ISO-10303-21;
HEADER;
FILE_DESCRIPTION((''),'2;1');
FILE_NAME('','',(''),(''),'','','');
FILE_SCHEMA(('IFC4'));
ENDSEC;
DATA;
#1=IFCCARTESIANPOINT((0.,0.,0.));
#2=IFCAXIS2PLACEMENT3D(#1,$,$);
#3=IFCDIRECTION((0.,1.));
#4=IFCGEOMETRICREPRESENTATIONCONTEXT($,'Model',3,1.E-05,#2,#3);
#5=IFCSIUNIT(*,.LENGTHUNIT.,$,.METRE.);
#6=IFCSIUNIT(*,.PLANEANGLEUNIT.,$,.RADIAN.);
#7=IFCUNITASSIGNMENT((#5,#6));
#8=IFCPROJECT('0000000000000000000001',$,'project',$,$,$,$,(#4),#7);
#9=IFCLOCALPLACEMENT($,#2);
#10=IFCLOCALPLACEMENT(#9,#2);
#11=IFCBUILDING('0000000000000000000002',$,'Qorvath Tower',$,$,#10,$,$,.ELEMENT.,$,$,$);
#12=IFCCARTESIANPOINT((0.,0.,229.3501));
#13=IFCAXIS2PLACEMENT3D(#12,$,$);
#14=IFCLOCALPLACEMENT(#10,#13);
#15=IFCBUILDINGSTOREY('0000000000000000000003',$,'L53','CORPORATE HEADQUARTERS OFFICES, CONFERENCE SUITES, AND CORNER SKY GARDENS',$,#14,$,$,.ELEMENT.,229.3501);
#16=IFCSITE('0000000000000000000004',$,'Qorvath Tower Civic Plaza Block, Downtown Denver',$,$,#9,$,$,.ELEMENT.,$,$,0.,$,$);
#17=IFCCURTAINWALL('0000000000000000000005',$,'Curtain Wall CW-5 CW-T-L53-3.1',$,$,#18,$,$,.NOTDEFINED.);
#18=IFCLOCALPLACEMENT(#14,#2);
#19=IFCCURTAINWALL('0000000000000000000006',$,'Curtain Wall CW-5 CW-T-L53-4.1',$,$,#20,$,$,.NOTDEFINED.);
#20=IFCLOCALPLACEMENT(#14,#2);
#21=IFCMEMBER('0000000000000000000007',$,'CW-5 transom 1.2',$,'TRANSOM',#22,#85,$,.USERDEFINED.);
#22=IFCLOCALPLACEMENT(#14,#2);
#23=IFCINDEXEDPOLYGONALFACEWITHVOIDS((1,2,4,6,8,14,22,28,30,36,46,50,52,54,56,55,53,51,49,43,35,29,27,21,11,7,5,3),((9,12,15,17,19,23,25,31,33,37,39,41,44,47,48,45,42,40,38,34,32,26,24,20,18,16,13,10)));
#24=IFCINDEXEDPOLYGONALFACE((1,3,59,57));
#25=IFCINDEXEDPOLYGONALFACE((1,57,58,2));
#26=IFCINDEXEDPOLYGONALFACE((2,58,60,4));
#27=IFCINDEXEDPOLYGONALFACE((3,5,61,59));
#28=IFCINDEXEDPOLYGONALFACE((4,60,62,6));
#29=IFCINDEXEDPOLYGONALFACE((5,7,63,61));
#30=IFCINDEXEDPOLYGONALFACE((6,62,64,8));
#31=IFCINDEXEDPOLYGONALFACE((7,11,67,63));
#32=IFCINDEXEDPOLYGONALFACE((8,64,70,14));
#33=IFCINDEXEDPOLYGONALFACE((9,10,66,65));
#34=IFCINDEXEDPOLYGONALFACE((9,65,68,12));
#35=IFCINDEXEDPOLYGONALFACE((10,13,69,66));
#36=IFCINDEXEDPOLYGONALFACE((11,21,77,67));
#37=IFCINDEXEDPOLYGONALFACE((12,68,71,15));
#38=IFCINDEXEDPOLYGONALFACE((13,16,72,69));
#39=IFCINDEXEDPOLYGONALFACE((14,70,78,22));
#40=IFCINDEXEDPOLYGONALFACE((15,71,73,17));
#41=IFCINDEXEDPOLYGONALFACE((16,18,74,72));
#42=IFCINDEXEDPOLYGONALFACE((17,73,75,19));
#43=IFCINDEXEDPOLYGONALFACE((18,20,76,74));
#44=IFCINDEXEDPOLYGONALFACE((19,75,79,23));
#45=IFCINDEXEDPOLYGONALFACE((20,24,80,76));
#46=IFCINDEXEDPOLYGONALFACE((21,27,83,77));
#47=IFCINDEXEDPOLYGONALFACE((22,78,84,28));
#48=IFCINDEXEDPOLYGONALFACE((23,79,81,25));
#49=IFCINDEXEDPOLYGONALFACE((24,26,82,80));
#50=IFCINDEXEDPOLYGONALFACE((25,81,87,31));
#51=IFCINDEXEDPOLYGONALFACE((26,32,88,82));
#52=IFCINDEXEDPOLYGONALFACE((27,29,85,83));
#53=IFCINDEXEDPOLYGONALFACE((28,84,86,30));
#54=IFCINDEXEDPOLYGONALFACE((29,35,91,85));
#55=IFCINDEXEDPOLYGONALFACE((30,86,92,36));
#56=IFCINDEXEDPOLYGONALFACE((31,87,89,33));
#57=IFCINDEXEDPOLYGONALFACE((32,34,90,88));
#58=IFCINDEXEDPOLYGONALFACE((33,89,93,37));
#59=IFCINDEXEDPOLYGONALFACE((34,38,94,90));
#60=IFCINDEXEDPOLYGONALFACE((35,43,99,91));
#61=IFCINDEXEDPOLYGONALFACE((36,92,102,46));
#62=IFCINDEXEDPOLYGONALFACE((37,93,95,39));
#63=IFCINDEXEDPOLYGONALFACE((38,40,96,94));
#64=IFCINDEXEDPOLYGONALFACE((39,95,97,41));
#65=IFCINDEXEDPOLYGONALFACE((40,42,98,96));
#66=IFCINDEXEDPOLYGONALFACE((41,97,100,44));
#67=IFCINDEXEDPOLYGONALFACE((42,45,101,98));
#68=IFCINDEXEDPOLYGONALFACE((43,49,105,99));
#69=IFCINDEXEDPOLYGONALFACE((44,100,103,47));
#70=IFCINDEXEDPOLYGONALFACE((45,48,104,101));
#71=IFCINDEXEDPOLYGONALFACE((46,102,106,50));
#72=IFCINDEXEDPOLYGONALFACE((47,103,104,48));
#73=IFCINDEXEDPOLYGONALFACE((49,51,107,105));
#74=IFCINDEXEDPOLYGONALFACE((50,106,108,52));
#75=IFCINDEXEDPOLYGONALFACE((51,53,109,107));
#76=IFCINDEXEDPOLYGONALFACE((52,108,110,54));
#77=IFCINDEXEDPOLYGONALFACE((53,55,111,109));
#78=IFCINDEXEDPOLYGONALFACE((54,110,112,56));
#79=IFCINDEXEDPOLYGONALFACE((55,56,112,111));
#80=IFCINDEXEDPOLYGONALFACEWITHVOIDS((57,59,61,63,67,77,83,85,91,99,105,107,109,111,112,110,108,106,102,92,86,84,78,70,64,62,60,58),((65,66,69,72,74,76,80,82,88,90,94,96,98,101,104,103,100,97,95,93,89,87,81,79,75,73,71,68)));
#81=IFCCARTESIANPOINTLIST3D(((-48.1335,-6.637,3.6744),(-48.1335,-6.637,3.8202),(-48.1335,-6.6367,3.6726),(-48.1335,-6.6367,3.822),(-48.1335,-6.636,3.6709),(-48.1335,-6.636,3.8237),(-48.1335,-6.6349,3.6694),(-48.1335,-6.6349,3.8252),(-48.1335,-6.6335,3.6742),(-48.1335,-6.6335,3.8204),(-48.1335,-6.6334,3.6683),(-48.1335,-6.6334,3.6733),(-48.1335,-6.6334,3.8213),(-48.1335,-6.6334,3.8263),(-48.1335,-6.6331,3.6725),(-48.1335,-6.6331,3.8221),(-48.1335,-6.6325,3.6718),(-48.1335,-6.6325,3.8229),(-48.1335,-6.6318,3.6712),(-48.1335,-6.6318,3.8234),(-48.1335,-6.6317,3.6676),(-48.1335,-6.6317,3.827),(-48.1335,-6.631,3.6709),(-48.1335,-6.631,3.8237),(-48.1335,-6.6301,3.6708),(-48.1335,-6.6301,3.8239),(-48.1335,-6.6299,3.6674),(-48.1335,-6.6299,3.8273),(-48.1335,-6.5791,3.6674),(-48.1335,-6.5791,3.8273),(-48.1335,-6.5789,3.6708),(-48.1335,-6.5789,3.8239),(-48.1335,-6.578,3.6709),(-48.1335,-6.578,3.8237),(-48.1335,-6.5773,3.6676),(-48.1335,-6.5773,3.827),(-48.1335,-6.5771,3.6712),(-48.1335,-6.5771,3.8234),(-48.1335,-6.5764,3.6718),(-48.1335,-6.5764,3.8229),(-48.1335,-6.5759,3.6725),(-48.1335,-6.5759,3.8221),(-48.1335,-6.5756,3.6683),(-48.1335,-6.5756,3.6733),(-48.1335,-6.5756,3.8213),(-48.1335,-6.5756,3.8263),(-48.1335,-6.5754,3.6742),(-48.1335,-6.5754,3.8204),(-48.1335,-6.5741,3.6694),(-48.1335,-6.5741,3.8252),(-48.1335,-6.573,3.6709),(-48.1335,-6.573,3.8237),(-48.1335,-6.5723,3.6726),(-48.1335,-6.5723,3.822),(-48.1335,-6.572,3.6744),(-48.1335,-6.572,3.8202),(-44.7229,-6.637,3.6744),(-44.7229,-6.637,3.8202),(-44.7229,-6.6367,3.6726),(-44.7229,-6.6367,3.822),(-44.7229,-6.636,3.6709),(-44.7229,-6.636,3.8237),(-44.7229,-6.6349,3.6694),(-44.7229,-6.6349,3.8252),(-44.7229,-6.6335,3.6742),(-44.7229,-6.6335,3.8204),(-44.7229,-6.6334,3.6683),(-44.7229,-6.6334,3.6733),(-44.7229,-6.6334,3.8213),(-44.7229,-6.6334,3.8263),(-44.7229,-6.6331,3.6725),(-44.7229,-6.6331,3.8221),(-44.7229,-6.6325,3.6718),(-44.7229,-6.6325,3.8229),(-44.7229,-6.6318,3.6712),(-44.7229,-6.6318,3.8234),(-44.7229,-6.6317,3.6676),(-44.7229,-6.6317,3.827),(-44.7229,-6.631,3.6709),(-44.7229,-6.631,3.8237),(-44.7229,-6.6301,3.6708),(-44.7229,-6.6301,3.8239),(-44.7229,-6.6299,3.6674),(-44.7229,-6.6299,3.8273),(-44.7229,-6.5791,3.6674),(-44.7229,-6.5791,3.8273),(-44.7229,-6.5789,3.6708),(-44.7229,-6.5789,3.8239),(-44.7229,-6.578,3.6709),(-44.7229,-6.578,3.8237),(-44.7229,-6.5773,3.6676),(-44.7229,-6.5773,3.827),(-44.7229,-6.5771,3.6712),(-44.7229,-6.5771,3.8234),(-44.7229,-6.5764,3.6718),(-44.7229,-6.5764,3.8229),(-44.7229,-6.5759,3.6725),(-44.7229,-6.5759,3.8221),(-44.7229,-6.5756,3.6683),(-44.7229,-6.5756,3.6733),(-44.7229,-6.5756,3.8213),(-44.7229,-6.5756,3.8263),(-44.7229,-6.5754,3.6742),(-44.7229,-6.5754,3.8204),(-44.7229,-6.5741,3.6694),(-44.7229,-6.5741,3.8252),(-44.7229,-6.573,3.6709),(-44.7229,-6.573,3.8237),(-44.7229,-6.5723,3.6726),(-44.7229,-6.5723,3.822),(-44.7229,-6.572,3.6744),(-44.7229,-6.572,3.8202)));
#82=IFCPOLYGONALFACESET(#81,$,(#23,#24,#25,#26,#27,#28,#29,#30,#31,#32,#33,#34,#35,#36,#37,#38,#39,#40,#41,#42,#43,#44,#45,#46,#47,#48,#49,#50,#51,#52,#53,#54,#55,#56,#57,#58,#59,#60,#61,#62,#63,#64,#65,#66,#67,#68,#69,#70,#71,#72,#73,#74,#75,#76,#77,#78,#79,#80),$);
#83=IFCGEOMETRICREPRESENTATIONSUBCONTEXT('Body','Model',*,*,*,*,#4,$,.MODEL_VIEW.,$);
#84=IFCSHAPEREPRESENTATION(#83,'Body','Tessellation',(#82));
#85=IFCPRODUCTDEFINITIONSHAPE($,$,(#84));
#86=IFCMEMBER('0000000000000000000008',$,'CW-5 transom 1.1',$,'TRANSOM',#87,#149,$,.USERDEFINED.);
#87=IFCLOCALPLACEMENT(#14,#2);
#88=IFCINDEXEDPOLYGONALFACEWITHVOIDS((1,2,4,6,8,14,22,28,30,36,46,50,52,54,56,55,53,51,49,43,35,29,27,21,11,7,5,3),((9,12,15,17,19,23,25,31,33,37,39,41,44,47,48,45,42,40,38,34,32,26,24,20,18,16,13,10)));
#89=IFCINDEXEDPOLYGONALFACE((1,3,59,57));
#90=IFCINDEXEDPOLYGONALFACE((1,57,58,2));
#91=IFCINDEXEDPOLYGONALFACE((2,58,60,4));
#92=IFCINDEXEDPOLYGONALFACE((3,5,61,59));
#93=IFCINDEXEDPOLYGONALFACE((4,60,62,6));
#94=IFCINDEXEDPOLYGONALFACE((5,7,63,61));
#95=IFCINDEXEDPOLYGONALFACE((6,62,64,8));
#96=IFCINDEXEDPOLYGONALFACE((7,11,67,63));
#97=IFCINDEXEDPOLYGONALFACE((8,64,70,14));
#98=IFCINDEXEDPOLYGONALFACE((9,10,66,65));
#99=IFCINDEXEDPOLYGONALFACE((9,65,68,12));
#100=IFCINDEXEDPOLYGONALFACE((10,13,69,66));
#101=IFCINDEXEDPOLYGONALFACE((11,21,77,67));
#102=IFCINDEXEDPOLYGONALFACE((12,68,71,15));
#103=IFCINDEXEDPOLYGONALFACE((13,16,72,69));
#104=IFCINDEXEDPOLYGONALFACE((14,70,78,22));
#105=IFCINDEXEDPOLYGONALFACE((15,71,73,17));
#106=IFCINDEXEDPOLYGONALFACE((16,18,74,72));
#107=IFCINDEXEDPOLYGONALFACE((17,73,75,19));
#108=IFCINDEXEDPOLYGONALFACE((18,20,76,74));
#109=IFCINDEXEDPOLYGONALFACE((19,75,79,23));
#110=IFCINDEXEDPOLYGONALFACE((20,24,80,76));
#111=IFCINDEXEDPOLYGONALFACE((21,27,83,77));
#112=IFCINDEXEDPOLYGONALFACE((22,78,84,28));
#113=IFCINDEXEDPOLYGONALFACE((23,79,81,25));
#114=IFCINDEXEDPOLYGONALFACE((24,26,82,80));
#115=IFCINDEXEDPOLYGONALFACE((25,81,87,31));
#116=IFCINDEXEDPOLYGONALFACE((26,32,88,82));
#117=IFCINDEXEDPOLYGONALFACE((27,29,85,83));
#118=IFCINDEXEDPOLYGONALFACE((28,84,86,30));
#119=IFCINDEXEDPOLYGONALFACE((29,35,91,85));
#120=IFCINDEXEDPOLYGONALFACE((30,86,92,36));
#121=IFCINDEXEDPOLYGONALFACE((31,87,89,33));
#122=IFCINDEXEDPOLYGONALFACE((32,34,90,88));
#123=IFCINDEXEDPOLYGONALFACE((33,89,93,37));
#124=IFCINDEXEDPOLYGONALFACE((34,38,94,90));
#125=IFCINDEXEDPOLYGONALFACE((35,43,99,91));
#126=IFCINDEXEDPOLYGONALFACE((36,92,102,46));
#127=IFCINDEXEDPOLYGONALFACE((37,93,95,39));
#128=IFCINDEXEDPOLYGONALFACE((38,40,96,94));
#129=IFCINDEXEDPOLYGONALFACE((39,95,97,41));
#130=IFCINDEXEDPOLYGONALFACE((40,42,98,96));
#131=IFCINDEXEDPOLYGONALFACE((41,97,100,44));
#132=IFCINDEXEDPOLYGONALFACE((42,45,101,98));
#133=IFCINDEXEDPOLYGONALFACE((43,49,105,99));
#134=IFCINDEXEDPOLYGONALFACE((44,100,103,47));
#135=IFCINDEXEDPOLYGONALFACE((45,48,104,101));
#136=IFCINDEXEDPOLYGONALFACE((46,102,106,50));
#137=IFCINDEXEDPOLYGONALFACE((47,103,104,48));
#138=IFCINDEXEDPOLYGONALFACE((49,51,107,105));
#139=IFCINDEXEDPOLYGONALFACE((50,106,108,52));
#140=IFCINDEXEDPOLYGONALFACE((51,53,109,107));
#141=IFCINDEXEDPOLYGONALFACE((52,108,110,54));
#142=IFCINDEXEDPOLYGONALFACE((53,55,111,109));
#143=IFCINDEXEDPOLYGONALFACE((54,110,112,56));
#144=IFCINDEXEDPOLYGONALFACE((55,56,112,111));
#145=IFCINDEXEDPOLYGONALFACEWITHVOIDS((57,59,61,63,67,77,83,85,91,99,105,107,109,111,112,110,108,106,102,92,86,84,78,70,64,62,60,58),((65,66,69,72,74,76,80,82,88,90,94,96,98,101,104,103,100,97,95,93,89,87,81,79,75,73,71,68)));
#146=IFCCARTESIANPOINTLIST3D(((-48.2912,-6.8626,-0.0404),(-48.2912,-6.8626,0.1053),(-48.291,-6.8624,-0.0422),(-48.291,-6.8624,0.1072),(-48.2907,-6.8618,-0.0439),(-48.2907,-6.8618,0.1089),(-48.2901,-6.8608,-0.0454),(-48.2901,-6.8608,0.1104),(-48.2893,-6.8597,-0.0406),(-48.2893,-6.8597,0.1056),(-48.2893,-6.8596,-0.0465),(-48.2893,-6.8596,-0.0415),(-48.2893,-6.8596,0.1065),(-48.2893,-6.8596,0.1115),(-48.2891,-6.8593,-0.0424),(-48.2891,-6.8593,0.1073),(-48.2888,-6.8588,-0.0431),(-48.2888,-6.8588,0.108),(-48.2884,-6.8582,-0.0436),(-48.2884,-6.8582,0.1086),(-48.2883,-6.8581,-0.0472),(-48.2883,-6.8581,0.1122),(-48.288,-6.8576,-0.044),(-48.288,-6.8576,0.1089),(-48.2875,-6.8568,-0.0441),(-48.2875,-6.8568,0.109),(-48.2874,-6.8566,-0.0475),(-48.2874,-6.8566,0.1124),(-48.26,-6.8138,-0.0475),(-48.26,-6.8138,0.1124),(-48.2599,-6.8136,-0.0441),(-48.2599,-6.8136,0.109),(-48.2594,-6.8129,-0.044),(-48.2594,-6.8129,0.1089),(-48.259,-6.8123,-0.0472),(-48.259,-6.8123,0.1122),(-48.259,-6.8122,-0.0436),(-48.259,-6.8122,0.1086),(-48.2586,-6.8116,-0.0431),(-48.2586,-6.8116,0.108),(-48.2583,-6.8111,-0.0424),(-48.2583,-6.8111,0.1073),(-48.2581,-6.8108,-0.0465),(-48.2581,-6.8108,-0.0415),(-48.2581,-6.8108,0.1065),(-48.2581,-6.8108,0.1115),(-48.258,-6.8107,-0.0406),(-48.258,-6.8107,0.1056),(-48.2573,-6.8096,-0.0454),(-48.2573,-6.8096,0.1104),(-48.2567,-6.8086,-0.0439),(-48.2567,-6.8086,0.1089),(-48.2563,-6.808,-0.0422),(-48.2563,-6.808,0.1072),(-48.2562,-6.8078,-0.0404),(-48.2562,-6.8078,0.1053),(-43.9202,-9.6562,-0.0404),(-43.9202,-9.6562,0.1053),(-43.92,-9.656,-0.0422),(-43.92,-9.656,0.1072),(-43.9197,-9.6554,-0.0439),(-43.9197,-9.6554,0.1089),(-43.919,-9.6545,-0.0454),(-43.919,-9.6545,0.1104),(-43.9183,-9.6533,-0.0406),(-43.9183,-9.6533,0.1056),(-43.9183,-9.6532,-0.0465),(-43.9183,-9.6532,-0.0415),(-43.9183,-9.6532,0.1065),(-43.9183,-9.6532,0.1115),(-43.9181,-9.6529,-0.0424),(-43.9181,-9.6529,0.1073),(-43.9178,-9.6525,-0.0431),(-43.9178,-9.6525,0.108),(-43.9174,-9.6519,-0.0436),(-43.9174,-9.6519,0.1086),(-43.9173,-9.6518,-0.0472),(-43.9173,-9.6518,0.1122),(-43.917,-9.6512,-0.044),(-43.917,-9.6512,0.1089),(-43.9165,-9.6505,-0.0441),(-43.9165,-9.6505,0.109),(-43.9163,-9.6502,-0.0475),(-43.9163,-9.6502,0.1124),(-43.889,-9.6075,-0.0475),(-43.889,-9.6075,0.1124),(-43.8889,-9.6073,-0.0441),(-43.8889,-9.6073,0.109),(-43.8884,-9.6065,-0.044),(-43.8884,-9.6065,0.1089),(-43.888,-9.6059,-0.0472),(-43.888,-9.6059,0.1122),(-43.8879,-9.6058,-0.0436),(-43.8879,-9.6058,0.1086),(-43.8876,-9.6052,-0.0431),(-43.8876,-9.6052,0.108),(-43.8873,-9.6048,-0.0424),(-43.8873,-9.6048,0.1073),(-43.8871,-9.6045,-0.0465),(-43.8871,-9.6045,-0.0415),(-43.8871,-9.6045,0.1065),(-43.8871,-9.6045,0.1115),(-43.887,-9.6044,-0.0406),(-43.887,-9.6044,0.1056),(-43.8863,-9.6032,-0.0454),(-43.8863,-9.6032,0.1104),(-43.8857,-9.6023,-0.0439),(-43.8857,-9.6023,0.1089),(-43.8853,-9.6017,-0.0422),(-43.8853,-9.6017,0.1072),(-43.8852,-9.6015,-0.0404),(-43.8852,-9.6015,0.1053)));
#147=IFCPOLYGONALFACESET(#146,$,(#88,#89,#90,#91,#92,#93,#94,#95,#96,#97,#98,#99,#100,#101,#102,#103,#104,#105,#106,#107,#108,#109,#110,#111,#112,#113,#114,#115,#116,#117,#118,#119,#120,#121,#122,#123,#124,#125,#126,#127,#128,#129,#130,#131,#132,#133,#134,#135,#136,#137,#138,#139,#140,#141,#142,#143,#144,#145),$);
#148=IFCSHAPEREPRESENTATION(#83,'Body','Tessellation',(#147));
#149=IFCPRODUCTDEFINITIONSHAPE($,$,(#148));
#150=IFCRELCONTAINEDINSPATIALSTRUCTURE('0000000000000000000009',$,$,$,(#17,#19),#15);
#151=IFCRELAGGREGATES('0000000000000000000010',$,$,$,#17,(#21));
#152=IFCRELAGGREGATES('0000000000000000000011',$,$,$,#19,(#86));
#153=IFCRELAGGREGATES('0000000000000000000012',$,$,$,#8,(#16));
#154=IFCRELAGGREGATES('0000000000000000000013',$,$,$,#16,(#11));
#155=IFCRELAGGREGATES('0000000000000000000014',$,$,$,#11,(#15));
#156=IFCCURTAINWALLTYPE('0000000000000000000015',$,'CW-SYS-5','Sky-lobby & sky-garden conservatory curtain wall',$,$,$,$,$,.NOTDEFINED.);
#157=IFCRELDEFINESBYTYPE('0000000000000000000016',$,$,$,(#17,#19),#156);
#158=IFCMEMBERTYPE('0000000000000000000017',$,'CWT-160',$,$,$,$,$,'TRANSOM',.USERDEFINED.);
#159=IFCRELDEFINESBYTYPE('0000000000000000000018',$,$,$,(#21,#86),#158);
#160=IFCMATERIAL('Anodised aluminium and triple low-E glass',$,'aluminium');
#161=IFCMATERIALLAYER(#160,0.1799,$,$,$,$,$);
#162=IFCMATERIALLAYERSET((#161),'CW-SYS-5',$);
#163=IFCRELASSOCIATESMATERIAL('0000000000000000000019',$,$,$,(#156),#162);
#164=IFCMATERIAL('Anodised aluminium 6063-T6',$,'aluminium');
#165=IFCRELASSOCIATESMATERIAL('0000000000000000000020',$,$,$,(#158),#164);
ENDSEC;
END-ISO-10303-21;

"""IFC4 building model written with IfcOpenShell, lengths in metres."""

from ifc_helpers import new_model, si_unit, direction, frame, origin, origin_2d, place, context, subcontext, project, spatial, hollow_rectangle, extrude, material, layer, layer_set, material_profile, profile_set, type_object, element, aggregate, save


model = new_model("IFC4")

# Units and contexts
model_context = context("Model", 3, precision=1e-05, world=origin(), true_north=direction((0.0, 1.0)))
body_context = subcontext(model_context, "Body", "Model", "MODEL_VIEW")
ifc_project = project(units=[si_unit("LENGTHUNIT", "METRE"), si_unit("PLANEANGLEUNIT", "RADIAN")], contexts=[model_context])

# Site, building, storey
site_placement = place(None, origin())
site = spatial("IfcSite", under=ifc_project, at=site_placement, Name="Qorvath Tower Civic Plaza Block, Downtown Denver", CompositionType="ELEMENT", RefElevation=0.0)
building_placement = place(site_placement, origin())
building = spatial("IfcBuilding", under=site, at=building_placement, Name="Qorvath Tower", CompositionType="ELEMENT")
storey_placement = place(building_placement, frame((0.0, 0.0, 229.3501)))
storey = spatial("IfcBuildingStorey", under=building, at=storey_placement, Name="L53", Description="CORPORATE HEADQUARTERS OFFICES, CONFERENCE SUITES, AND CORNER SKY GARDENS", CompositionType="ELEMENT", Elevation=229.3501)

# Curtain walls
ifc_material_1 = material(Name="Anodised aluminium and triple low-E glass", Category="aluminium")
ifc_layer_1 = layer(ifc_material_1, 0.1799)
ifc_layer_set_1 = layer_set([ifc_layer_1], Name="CW-SYS-5")
curtain_wall_type = type_object("IfcCurtainWallType", Name="CW-SYS-5", Description="Sky-lobby & sky-garden conservatory curtain wall", PredefinedType="NOTDEFINED", material=ifc_layer_set_1)
curtain_wall_1_placement = place(storey_placement, origin())
curtain_wall_1 = element("IfcCurtainWall", 1, at=curtain_wall_1_placement, inside=storey, type_object=curtain_wall_type, Name="Curtain Wall CW-5 CW-T-L53-3.1", PredefinedType="NOTDEFINED")
curtain_wall_2_placement = place(storey_placement, origin())
curtain_wall_2 = element("IfcCurtainWall", 2, at=curtain_wall_2_placement, inside=storey, type_object=curtain_wall_type, Name="Curtain Wall CW-5 CW-T-L53-4.1", PredefinedType="NOTDEFINED")

# Members
ifc_material_2 = material(Name="Anodised aluminium 6063-T6", Category="aluminium")
ifc_material_profile_1 = material_profile(ifc_material_2, hollow_rectangle(XDim=0.0649, YDim=0.1599, WallThickness=0.0034, InnerFilletRadius=0.0034, OuterFilletRadius=0.0071, at=origin_2d()), Name="CWT 160x65")
ifc_profile_set_1 = profile_set([ifc_material_profile_1], Name="Anodised aluminium 6063-T6")
member_type_1 = type_object("IfcMemberType", Name="CWT-160", ElementType="TRANSOM", PredefinedType="USERDEFINED", material=ifc_profile_set_1)
member_1_placement = place(storey_placement, frame((-44.7229, -6.6045, 3.7473), z_axis=(-1.0, 0.0, 0.0), x_axis=(0.0, -1.0, 0.0)))
member_1 = element("IfcMember", 3, at=member_1_placement, type_object=member_type_1, Name="CW-5 transom 1.2", ObjectType="TRANSOM", PredefinedType="USERDEFINED", context=body_context, shape_type="SweptSolid", body=[
    extrude(hollow_rectangle(XDim=0.0649, YDim=0.1599, WallThickness=0.0034, InnerFilletRadius=0.0034, OuterFilletRadius=0.0071, at=origin_2d()), origin(), (0.0, 0.0, 1.0), 3.4106),
])
member_2_placement = place(storey_placement, frame((-48.2737, -6.8352, 0.0325), z_axis=(0.842604, -0.538534, 0.0), x_axis=(0.538534, 0.842604, 0.0)))
member_2 = element("IfcMember", 4, at=member_2_placement, type_object=member_type_1, Name="CW-5 transom 1.1", ObjectType="TRANSOM", PredefinedType="USERDEFINED", context=body_context, shape_type="SweptSolid", body=[
    extrude(hollow_rectangle(XDim=0.0649, YDim=0.1599, WallThickness=0.0034, InnerFilletRadius=0.0034, OuterFilletRadius=0.0071, at=origin_2d()), origin(), (0.0, 0.0, 1.0), 5.1875),
])

aggregate(curtain_wall_1, [member_1])
aggregate(curtain_wall_2, [member_2])

save(model, "model.ifc")
